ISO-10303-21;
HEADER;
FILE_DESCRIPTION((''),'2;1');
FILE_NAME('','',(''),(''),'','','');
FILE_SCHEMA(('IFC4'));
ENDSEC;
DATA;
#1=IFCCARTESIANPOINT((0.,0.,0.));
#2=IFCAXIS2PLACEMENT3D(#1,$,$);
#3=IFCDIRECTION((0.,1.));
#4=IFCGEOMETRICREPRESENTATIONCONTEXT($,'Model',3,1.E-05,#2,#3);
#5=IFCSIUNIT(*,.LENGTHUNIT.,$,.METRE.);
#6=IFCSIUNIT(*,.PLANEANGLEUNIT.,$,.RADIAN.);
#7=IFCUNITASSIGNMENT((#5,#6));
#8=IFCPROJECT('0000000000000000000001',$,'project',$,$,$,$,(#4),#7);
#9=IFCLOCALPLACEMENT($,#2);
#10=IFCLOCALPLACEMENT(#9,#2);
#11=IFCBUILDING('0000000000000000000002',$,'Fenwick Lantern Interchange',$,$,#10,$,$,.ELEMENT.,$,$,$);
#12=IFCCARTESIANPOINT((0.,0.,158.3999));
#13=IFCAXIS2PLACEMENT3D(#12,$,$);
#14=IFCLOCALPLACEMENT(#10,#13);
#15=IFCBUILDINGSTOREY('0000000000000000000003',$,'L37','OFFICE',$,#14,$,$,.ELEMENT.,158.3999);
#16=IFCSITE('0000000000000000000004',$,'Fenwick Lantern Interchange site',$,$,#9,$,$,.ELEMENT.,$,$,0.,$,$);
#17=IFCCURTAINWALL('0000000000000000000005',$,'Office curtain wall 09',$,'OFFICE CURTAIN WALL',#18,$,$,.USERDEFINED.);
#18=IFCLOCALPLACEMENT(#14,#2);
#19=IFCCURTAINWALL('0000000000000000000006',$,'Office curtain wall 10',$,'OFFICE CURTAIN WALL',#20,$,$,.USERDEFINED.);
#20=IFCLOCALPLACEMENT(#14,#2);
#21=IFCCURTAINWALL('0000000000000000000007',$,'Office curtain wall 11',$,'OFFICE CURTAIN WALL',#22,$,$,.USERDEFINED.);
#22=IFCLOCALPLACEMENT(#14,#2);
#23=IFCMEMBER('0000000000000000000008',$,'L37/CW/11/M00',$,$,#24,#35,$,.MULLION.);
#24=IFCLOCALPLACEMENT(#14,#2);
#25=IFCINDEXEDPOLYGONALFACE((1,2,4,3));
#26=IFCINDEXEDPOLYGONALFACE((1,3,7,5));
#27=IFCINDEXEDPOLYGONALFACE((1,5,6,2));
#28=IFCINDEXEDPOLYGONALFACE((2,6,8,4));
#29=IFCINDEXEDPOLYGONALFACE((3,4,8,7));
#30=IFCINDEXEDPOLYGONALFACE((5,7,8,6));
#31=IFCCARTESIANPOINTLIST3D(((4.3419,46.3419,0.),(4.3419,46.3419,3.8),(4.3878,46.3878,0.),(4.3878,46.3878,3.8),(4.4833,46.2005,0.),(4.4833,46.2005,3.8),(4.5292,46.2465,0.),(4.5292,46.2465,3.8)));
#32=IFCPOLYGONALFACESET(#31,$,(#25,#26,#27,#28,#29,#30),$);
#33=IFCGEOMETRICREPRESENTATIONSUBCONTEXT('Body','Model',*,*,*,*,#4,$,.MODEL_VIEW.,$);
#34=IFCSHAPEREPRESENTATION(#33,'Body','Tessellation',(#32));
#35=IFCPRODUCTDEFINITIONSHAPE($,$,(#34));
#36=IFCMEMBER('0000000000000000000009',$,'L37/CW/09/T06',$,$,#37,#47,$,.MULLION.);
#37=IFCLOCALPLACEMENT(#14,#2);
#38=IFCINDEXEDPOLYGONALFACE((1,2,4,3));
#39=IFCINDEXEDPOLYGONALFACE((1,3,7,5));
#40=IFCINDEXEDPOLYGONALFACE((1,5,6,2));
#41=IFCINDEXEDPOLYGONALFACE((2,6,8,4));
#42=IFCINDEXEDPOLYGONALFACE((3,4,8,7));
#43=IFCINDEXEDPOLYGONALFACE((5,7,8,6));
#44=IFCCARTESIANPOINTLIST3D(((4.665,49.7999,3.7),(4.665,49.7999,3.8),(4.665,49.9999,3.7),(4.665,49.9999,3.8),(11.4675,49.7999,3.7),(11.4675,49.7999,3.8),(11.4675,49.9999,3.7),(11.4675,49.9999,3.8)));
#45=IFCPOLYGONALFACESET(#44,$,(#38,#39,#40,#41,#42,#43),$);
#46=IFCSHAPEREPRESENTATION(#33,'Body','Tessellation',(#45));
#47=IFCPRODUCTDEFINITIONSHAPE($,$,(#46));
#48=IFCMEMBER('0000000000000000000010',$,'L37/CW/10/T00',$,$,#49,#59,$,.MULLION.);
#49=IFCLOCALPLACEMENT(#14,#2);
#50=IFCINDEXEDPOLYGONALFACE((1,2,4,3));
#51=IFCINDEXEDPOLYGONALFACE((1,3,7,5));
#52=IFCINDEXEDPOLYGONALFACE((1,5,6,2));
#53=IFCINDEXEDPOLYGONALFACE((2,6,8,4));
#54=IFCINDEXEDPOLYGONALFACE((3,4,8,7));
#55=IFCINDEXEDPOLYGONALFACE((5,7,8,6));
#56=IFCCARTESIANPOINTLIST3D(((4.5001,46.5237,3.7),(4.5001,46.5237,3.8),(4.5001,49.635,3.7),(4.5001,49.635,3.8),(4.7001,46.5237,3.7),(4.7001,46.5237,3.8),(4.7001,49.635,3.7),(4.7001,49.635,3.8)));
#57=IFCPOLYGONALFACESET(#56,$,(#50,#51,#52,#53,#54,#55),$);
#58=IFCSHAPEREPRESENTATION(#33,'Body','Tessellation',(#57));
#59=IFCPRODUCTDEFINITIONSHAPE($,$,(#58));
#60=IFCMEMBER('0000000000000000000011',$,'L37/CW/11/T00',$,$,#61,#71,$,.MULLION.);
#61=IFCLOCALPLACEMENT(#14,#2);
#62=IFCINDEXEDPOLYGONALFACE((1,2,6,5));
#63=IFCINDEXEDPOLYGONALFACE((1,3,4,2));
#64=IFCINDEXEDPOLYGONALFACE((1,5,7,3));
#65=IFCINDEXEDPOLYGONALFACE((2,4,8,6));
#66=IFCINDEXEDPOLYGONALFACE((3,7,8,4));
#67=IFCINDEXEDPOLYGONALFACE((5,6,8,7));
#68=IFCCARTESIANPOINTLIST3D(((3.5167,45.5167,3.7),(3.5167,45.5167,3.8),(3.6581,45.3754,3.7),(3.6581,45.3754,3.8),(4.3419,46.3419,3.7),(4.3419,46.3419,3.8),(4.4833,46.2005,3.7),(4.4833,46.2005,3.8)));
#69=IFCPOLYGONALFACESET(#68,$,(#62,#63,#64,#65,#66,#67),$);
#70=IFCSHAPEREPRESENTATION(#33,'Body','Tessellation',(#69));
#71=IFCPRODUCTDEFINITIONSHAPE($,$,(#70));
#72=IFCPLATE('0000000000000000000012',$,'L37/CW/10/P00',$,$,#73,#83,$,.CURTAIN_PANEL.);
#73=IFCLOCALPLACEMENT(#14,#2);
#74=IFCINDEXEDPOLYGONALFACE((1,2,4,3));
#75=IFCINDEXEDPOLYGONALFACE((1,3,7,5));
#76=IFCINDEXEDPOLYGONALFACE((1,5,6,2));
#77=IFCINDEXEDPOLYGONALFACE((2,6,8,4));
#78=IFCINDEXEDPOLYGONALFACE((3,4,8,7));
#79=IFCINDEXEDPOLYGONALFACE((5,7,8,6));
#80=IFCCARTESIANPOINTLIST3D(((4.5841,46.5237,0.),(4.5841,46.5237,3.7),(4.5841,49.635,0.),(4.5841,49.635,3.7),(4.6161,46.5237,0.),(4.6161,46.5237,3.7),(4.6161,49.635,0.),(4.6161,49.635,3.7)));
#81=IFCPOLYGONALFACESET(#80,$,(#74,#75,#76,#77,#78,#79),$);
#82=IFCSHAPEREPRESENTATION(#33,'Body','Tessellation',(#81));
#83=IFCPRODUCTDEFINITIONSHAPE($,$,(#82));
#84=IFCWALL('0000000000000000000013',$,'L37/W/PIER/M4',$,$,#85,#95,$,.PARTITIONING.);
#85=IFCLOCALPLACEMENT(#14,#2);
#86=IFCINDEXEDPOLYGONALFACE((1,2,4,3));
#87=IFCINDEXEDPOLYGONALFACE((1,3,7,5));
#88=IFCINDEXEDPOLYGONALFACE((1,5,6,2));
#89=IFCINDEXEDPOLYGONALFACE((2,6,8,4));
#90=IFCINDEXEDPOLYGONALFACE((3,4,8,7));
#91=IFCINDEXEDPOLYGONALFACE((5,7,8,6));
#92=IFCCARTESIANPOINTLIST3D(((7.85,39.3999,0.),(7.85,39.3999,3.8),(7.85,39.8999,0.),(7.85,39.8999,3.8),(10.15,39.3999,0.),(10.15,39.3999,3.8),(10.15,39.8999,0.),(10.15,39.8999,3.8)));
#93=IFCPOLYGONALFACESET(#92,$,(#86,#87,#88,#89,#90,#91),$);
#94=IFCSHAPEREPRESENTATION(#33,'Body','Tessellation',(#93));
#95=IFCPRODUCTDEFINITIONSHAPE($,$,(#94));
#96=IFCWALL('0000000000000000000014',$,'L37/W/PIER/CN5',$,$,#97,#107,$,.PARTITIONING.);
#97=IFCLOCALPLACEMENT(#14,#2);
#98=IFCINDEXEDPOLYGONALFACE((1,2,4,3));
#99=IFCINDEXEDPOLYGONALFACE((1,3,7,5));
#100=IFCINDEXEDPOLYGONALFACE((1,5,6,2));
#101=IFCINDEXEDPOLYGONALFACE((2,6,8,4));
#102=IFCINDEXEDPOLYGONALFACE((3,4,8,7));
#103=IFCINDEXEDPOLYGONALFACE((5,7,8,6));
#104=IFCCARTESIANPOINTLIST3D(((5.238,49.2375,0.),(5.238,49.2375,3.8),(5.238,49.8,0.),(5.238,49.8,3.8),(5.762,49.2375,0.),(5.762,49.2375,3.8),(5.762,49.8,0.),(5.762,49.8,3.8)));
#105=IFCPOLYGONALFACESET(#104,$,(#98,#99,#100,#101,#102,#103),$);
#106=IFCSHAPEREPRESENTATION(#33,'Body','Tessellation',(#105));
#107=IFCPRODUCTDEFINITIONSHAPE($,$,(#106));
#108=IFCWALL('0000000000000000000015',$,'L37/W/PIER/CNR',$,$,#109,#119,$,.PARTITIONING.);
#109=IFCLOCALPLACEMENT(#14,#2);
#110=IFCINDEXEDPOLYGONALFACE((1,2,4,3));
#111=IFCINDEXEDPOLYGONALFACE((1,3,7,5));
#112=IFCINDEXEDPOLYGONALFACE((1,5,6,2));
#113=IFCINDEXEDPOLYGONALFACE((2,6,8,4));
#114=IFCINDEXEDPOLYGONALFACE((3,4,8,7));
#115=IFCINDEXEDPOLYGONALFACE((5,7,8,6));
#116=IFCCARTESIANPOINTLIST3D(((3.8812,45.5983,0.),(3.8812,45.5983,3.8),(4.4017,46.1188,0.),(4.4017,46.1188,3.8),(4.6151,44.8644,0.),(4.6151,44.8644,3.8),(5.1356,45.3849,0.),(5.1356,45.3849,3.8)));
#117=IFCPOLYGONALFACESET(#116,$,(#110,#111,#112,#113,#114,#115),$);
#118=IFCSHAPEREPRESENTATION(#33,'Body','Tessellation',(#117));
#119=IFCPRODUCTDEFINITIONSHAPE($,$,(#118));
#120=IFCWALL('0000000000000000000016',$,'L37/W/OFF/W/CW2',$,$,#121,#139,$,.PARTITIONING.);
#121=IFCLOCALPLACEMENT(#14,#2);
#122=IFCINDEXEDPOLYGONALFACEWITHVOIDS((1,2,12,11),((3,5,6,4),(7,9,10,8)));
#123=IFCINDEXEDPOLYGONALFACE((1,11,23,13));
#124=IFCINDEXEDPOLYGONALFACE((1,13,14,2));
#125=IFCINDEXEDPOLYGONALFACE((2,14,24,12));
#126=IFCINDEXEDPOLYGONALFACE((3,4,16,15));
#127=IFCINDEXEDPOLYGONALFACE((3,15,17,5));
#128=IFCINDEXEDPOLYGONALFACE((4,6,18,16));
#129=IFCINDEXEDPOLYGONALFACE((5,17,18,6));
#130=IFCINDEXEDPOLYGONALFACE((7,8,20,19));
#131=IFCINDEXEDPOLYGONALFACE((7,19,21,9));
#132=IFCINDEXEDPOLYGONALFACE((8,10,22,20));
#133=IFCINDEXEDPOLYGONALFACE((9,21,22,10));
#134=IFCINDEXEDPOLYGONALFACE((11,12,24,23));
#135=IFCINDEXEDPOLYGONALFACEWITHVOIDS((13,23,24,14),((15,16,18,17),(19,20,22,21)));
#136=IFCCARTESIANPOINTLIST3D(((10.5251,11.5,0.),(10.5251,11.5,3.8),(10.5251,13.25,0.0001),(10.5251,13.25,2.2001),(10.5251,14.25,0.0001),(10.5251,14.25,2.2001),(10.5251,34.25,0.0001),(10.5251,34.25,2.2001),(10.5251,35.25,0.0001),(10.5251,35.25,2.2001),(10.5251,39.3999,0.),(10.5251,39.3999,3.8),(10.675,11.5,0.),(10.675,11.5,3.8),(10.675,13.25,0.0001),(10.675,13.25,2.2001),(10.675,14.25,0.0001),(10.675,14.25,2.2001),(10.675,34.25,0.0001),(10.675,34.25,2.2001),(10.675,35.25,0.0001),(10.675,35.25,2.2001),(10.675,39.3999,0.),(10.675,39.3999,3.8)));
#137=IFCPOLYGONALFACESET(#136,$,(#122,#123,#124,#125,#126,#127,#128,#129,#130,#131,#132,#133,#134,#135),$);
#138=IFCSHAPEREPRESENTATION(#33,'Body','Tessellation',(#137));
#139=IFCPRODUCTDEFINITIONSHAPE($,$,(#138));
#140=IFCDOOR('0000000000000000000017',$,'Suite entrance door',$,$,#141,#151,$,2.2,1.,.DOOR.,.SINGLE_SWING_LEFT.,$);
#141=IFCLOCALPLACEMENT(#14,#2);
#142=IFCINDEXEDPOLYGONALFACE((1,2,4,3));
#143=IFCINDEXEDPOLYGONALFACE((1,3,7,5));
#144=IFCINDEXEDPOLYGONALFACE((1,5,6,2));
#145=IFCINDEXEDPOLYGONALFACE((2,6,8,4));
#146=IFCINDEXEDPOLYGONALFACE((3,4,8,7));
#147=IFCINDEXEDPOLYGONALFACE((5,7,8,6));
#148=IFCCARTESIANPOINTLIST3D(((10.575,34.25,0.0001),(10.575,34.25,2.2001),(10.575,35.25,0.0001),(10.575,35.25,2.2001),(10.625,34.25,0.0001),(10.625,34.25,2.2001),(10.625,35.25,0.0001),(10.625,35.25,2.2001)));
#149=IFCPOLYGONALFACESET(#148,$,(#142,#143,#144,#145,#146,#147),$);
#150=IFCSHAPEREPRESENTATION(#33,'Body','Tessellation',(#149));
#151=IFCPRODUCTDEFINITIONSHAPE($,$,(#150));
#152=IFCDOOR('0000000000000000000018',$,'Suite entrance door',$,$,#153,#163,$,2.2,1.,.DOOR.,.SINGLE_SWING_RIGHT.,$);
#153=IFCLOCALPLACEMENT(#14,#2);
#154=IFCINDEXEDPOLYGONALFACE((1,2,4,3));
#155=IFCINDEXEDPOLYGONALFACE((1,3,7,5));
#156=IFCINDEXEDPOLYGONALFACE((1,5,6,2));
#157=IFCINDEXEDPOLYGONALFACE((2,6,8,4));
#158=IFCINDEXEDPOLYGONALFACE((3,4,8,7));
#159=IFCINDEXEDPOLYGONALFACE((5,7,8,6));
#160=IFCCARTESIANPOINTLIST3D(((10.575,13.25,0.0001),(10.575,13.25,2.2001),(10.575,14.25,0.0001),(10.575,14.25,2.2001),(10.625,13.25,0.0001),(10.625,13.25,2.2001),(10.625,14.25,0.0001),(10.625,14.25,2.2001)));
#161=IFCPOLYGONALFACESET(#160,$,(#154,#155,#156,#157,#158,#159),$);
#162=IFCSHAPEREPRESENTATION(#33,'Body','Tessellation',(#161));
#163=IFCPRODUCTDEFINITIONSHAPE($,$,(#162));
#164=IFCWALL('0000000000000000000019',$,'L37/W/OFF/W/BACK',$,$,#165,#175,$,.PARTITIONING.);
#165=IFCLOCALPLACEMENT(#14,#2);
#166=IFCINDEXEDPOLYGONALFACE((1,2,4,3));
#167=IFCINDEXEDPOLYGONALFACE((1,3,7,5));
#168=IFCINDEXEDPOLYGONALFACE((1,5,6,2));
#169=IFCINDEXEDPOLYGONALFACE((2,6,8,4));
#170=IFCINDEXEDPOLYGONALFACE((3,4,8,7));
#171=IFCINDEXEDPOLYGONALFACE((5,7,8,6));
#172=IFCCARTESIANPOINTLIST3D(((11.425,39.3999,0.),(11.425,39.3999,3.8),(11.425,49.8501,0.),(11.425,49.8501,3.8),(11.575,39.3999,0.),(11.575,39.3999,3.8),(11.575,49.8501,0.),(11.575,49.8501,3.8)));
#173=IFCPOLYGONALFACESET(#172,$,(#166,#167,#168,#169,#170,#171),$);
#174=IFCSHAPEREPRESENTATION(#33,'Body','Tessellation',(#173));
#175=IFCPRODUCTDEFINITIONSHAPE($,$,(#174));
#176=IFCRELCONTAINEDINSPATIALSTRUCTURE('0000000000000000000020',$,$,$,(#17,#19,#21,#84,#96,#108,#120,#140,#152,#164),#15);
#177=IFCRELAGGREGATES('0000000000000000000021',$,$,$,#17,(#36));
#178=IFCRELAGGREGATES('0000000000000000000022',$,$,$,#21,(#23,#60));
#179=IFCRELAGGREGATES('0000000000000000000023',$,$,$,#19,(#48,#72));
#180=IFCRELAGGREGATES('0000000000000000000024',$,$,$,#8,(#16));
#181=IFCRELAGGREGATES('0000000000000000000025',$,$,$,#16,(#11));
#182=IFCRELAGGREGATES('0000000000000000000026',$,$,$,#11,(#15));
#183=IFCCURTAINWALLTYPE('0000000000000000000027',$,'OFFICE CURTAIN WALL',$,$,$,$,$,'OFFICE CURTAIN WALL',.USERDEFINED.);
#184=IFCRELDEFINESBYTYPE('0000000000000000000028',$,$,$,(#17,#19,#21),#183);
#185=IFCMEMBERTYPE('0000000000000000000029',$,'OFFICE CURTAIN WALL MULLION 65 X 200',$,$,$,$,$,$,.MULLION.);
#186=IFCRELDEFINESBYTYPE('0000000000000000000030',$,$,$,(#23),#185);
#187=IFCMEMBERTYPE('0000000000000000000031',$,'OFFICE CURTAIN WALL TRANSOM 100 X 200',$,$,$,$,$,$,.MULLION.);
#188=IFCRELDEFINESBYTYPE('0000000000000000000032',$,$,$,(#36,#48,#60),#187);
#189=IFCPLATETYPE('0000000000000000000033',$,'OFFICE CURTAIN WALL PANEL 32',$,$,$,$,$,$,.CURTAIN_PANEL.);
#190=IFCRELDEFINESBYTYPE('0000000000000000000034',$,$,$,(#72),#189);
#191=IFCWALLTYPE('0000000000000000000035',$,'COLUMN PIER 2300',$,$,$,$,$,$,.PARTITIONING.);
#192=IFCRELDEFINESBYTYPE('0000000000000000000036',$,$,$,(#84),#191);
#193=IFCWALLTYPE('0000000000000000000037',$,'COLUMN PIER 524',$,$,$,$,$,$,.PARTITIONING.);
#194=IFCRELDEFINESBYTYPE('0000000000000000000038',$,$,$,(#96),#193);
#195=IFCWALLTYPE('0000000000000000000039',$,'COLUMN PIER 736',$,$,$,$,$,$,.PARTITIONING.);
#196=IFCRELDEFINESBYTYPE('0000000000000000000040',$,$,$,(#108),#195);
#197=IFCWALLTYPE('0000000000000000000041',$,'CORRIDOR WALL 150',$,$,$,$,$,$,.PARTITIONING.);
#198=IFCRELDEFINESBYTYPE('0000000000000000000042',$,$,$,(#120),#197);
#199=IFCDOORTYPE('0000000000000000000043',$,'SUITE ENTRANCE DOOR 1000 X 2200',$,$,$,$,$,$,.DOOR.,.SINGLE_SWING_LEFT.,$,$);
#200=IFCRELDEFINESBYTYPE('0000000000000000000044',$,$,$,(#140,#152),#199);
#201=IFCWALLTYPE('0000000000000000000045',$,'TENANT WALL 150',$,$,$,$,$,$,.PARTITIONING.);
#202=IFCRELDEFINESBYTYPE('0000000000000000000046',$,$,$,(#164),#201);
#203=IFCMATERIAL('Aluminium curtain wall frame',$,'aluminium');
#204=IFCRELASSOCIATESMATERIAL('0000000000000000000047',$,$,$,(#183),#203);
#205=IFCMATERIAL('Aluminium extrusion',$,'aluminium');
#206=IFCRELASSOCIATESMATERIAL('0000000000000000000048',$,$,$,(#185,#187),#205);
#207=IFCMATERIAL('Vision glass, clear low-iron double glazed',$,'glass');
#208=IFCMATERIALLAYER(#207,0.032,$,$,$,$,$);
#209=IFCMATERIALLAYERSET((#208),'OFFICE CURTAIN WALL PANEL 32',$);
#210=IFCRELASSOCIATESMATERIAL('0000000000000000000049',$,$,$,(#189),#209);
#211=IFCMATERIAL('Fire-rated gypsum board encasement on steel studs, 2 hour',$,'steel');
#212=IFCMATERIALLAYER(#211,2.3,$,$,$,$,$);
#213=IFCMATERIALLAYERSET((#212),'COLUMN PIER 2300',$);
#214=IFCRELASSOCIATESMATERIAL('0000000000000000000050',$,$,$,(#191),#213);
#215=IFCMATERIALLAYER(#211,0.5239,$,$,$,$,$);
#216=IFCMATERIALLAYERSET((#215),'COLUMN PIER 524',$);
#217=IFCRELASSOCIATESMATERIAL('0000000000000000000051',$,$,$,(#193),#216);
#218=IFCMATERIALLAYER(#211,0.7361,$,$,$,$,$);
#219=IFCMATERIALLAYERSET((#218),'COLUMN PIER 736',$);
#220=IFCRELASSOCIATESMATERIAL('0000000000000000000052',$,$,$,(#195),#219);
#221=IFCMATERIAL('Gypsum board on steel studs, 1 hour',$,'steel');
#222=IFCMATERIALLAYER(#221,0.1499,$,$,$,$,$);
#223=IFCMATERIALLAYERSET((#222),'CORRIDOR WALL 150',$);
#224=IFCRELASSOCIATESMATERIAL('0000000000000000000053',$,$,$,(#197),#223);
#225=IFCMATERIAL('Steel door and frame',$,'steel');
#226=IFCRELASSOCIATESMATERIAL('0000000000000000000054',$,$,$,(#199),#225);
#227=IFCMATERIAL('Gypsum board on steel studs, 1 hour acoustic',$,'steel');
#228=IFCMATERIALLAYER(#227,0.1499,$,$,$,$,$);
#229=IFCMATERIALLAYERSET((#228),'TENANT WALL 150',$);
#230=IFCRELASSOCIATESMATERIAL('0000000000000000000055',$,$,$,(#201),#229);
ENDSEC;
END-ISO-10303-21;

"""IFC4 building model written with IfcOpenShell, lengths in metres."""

from ifc_helpers import new_model, si_unit, direction, frame, frame_2d, origin, origin_2d, place, context, subcontext, project, spatial, rectangle, extrude, material, layer, layer_set, material_profile, profile_set, type_object, element, fill, aggregate, save


model = new_model("IFC4")

# Units and contexts
model_context = context("Model", 3, precision=1e-05, world=origin(), true_north=direction((0.0, 1.0)))
body_context = subcontext(model_context, "Body", "Model", "MODEL_VIEW")
ifc_project = project(units=[si_unit("LENGTHUNIT", "METRE"), si_unit("PLANEANGLEUNIT", "RADIAN")], contexts=[model_context])

# Site, building, storey
site_placement = place(None, origin())
site = spatial("IfcSite", under=ifc_project, at=site_placement, Name="Fenwick Lantern Interchange site", CompositionType="ELEMENT", RefElevation=0.0)
building_placement = place(site_placement, origin())
building = spatial("IfcBuilding", under=site, at=building_placement, Name="Fenwick Lantern Interchange", CompositionType="ELEMENT")
storey_placement = place(building_placement, frame((0.0, 0.0, 158.3999)))
storey = spatial("IfcBuildingStorey", under=building, at=storey_placement, Name="L37", Description="OFFICE", CompositionType="ELEMENT", Elevation=158.3999)

# Curtain walls
ifc_material_1 = material(Name="Aluminium curtain wall frame", Category="aluminium")
curtain_wall_type = type_object("IfcCurtainWallType", Name="OFFICE CURTAIN WALL", ElementType="OFFICE CURTAIN WALL", PredefinedType="USERDEFINED", material=ifc_material_1)
curtain_wall_1_placement = place(storey_placement, origin())
curtain_wall_1 = element("IfcCurtainWall", 1, at=curtain_wall_1_placement, inside=storey, type_object=curtain_wall_type, Name="Office curtain wall 09", ObjectType="OFFICE CURTAIN WALL", PredefinedType="USERDEFINED")
ifc_material_2 = material(Name="Aluminium extrusion", Category="aluminium")
ifc_material_profile_1 = material_profile(ifc_material_2, rectangle(XDim=0.2, YDim=0.0649, at=origin_2d()), Name="OFFICE CURTAIN WALL MULLION 65 X 200")
ifc_profile_set_1 = profile_set([ifc_material_profile_1], Name="Aluminium extrusion")
member_type_1 = type_object("IfcMemberType", Name="OFFICE CURTAIN WALL MULLION 65 X 200", PredefinedType="MULLION", material=ifc_profile_set_1)
curtain_wall_2_placement = place(storey_placement, origin())
curtain_wall_2 = element("IfcCurtainWall", 2, at=curtain_wall_2_placement, inside=storey, type_object=curtain_wall_type, Name="Office curtain wall 10", ObjectType="OFFICE CURTAIN WALL", PredefinedType="USERDEFINED")

# Curtain wall, member
curtain_wall_3_placement = place(storey_placement, origin())
curtain_wall_3 = element("IfcCurtainWall", 3, at=curtain_wall_3_placement, inside=storey, type_object=curtain_wall_type, Name="Office curtain wall 11", ObjectType="OFFICE CURTAIN WALL", PredefinedType="USERDEFINED")
member_1_placement = place(storey_placement, frame((4.4355, 46.2942, 0.0), z_axis=(0.0, 0.0, 1.0), x_axis=(0.707107, -0.707107, 0.0)))
member_1 = element("IfcMember", 4, at=member_1_placement, type_object=member_type_1, Name="L37/CW/11/M00", PredefinedType="MULLION", context=body_context, shape_type="SweptSolid", body=[
    extrude(rectangle(XDim=0.2, YDim=0.0649, at=origin_2d()), origin(), (0.0, 0.0, 1.0), 3.8),
])

# Members
ifc_material_profile_2 = material_profile(ifc_material_2, rectangle(XDim=0.2, YDim=0.1001, at=origin_2d()), Name="OFFICE CURTAIN WALL TRANSOM 100 X 200")
ifc_profile_set_2 = profile_set([ifc_material_profile_2], Name="Aluminium extrusion")
member_type_2 = type_object("IfcMemberType", Name="OFFICE CURTAIN WALL TRANSOM 100 X 200", PredefinedType="MULLION", material=ifc_profile_set_2)
member_2_placement = place(storey_placement, frame((11.4675, 49.8999, 3.75), z_axis=(-1.0, 0.0, 0.0), x_axis=(0.0, -1.0, 0.0)))
member_2 = element("IfcMember", 5, at=member_2_placement, type_object=member_type_2, Name="L37/CW/09/T06", PredefinedType="MULLION", context=body_context, shape_type="SweptSolid", body=[
    extrude(rectangle(XDim=0.2, YDim=0.1001, at=origin_2d()), origin(), (0.0, 0.0, 1.0), 6.8025),
])
aggregate(curtain_wall_1, [member_2])
member_3_placement = place(storey_placement, frame((4.6001, 49.635, 3.75), z_axis=(0.0, -1.0, 0.0), x_axis=(1.0, 0.0, 0.0)))
member_3 = element("IfcMember", 6, at=member_3_placement, type_object=member_type_2, Name="L37/CW/10/T00", PredefinedType="MULLION", context=body_context, shape_type="SweptSolid", body=[
    extrude(rectangle(XDim=0.2, YDim=0.1001, at=origin_2d()), origin(), (0.0, 0.0, 1.0), 3.1113),
])
member_4_placement = place(storey_placement, frame((4.4126, 46.2712, 3.75), z_axis=(-0.707107, -0.707107, 0.0), x_axis=(0.707107, -0.707107, 0.0)))
member_4 = element("IfcMember", 7, at=member_4_placement, type_object=member_type_2, Name="L37/CW/11/T00", PredefinedType="MULLION", context=body_context, shape_type="SweptSolid", body=[
    extrude(rectangle(XDim=0.2, YDim=0.1001, at=origin_2d()), origin(), (0.0, 0.0, 1.0), 1.167),
])
aggregate(curtain_wall_3, [member_1, member_4])

# Plate
ifc_material_3 = material(Name="Vision glass, clear low-iron double glazed", Category="glass")
ifc_layer_1 = layer(ifc_material_3, 0.032)
ifc_layer_set_1 = layer_set([ifc_layer_1], Name="OFFICE CURTAIN WALL PANEL 32")
plate_type = type_object("IfcPlateType", Name="OFFICE CURTAIN WALL PANEL 32", PredefinedType="CURTAIN_PANEL", material=ifc_layer_set_1)
plate_placement = place(storey_placement, frame((4.6001, 48.0793, 0.0), z_axis=(0.0, 0.0, 1.0), x_axis=(0.0, -1.0, 0.0)))
plate = element("IfcPlate", 8, at=plate_placement, type_object=plate_type, Name="L37/CW/10/P00", PredefinedType="CURTAIN_PANEL", context=body_context, shape_type="SweptSolid", body=[
    extrude(rectangle(XDim=3.1113, YDim=0.032, at=origin_2d()), origin(), (0.0, 0.0, 1.0), 3.7),
])
aggregate(curtain_wall_2, [member_3, plate])

# Walls
ifc_material_4 = material(Name="Fire-rated gypsum board encasement on steel studs, 2 hour", Category="steel")
ifc_layer_2 = layer(ifc_material_4, 2.3)
ifc_layer_set_2 = layer_set([ifc_layer_2], Name="COLUMN PIER 2300")
wall_type_1 = type_object("IfcWallType", Name="COLUMN PIER 2300", PredefinedType="PARTITIONING", material=ifc_layer_set_2)
wall_1_placement = place(storey_placement, frame((9.0, 39.3999, 0.0), z_axis=(0.0, 0.0, 1.0), x_axis=(0.0, 1.0, 0.0)))
element("IfcWall", 9, at=wall_1_placement, inside=storey, type_object=wall_type_1, Name="L37/W/PIER/M4", PredefinedType="PARTITIONING", context=body_context, shape_type="SweptSolid", body=[
    extrude(rectangle(XDim=0.5, YDim=2.3, at=frame_2d((0.25, 0.0))), origin(), (0.0, 0.0, 1.0), 3.8),
])
ifc_layer_3 = layer(ifc_material_4, 0.5239)
ifc_layer_set_3 = layer_set([ifc_layer_3], Name="COLUMN PIER 524")
wall_type_2 = type_object("IfcWallType", Name="COLUMN PIER 524", PredefinedType="PARTITIONING", material=ifc_layer_set_3)
wall_2_placement = place(storey_placement, frame((5.5, 49.8, 0.0), z_axis=(0.0, 0.0, 1.0), x_axis=(0.0, -1.0, 0.0)))
element("IfcWall", 10, at=wall_2_placement, inside=storey, type_object=wall_type_2, Name="L37/W/PIER/CN5", PredefinedType="PARTITIONING", context=body_context, shape_type="SweptSolid", body=[
    extrude(rectangle(XDim=0.5625, YDim=0.5239, at=frame_2d((0.2812, 0.0))), origin(), (0.0, 0.0, 1.0), 3.8),
])
ifc_layer_4 = layer(ifc_material_4, 0.7361)
ifc_layer_set_4 = layer_set([ifc_layer_4], Name="COLUMN PIER 736")
wall_type_3 = type_object("IfcWallType", Name="COLUMN PIER 736", PredefinedType="PARTITIONING", material=ifc_layer_set_4)
wall_3_placement = place(storey_placement, frame((4.1414, 45.8586, 0.0), z_axis=(0.0, 0.0, 1.0), x_axis=(0.707107, -0.707107, 0.0)))
element("IfcWall", 11, at=wall_3_placement, inside=storey, type_object=wall_type_3, Name="L37/W/PIER/CNR", PredefinedType="PARTITIONING", context=body_context, shape_type="SweptSolid", body=[
    extrude(rectangle(XDim=1.0378, YDim=0.7361, at=frame_2d((0.519, 0.0))), origin(), (0.0, 0.0, 1.0), 3.8),
])

# Wall, openings, doors
ifc_material_5 = material(Name="Gypsum board on steel studs, 1 hour", Category="steel")
ifc_layer_5 = layer(ifc_material_5, 0.1499)
ifc_layer_set_5 = layer_set([ifc_layer_5], Name="CORRIDOR WALL 150")
wall_type_4 = type_object("IfcWallType", Name="CORRIDOR WALL 150", PredefinedType="PARTITIONING", material=ifc_layer_set_5)
wall_4_placement = place(storey_placement, frame((10.6001, 39.3999, 0.0), z_axis=(0.0, 0.0, 1.0), x_axis=(0.0, -1.0, 0.0)))
wall_4 = element("IfcWall", 12, at=wall_4_placement, inside=storey, type_object=wall_type_4, Name="L37/W/OFF/W/CW2", PredefinedType="PARTITIONING", context=body_context, shape_type="SweptSolid", body=[
    extrude(rectangle(XDim=27.8999, YDim=0.1499, at=frame_2d((13.95, 0.0))), origin(), (0.0, 0.0, 1.0), 3.8),
])
opening_1_placement = place(wall_4_placement, frame((4.1499, 0.0, 0.0)))
opening_1 = element("IfcOpeningElement", 13, at=opening_1_placement, cuts=wall_4, PredefinedType="OPENING", context=body_context, shape_type="SweptSolid", body=[
    extrude(rectangle(XDim=1.0, YDim=2.2, at=frame_2d((0.5, 1.1001))), frame((0.0, 0.085, 0.0), z_axis=(0.0, -1.0, 0.0), x_axis=(1.0, 0.0, 0.0)), (0.0, 0.0, 1.0), 0.1699),
])
opening_2_placement = place(wall_4_placement, frame((25.1499, 0.0, 0.0)))
opening_2 = element("IfcOpeningElement", 14, at=opening_2_placement, cuts=wall_4, PredefinedType="OPENING", context=body_context, shape_type="SweptSolid", body=[
    extrude(rectangle(XDim=1.0, YDim=2.2, at=frame_2d((0.5, 1.1001))), frame((0.0, 0.085, 0.0), z_axis=(0.0, -1.0, 0.0), x_axis=(1.0, 0.0, 0.0)), (0.0, 0.0, 1.0), 0.1699),
])
ifc_material_6 = material(Name="Steel door and frame", Category="steel")
door_type = type_object("IfcDoorType", Name="SUITE ENTRANCE DOOR 1000 X 2200", OperationType="SINGLE_SWING_LEFT", PredefinedType="DOOR", material=ifc_material_6)
door_1_placement = place(opening_1_placement, origin())
door_1 = element("IfcDoor", 15, at=door_1_placement, inside=storey, type_object=door_type, Name="Suite entrance door", OperationType="SINGLE_SWING_LEFT", OverallHeight=2.2, OverallWidth=1.0, PredefinedType="DOOR", context=body_context, shape_type="SweptSolid", body=[
    extrude(rectangle(XDim=1.0, YDim=2.2, at=frame_2d((0.5, 1.1001))), frame((0.0, 0.0249, 0.0), z_axis=(0.0, -1.0, 0.0), x_axis=(1.0, 0.0, 0.0)), (0.0, 0.0, 1.0), 0.05),
])
fill(opening_1, door_1)
door_2_placement = place(opening_2_placement, origin())
door_2 = element("IfcDoor", 16, at=door_2_placement, inside=storey, type_object=door_type, Name="Suite entrance door", OperationType="SINGLE_SWING_RIGHT", OverallHeight=2.2, OverallWidth=1.0, PredefinedType="DOOR", context=body_context, shape_type="SweptSolid", body=[
    extrude(rectangle(XDim=1.0, YDim=2.2, at=frame_2d((0.5, 1.1001))), frame((0.0, 0.0249, 0.0), z_axis=(0.0, -1.0, 0.0), x_axis=(1.0, 0.0, 0.0)), (0.0, 0.0, 1.0), 0.05),
])
fill(opening_2, door_2)

# Wall
ifc_material_7 = material(Name="Gypsum board on steel studs, 1 hour acoustic", Category="steel")
ifc_layer_6 = layer(ifc_material_7, 0.1499)
ifc_layer_set_6 = layer_set([ifc_layer_6], Name="TENANT WALL 150")
wall_type_5 = type_object("IfcWallType", Name="TENANT WALL 150", PredefinedType="PARTITIONING", material=ifc_layer_set_6)
wall_5_placement = place(storey_placement, frame((11.5, 49.8501, 0.0), z_axis=(0.0, 0.0, 1.0), x_axis=(0.0, -1.0, 0.0)))
element("IfcWall", 17, at=wall_5_placement, inside=storey, type_object=wall_type_5, Name="L37/W/OFF/W/BACK", PredefinedType="PARTITIONING", context=body_context, shape_type="SweptSolid", body=[
    extrude(rectangle(XDim=10.4502, YDim=0.1499, at=frame_2d((5.2251, 0.0))), origin(), (0.0, 0.0, 1.0), 3.8),
])

save(model, "model.ifc")
